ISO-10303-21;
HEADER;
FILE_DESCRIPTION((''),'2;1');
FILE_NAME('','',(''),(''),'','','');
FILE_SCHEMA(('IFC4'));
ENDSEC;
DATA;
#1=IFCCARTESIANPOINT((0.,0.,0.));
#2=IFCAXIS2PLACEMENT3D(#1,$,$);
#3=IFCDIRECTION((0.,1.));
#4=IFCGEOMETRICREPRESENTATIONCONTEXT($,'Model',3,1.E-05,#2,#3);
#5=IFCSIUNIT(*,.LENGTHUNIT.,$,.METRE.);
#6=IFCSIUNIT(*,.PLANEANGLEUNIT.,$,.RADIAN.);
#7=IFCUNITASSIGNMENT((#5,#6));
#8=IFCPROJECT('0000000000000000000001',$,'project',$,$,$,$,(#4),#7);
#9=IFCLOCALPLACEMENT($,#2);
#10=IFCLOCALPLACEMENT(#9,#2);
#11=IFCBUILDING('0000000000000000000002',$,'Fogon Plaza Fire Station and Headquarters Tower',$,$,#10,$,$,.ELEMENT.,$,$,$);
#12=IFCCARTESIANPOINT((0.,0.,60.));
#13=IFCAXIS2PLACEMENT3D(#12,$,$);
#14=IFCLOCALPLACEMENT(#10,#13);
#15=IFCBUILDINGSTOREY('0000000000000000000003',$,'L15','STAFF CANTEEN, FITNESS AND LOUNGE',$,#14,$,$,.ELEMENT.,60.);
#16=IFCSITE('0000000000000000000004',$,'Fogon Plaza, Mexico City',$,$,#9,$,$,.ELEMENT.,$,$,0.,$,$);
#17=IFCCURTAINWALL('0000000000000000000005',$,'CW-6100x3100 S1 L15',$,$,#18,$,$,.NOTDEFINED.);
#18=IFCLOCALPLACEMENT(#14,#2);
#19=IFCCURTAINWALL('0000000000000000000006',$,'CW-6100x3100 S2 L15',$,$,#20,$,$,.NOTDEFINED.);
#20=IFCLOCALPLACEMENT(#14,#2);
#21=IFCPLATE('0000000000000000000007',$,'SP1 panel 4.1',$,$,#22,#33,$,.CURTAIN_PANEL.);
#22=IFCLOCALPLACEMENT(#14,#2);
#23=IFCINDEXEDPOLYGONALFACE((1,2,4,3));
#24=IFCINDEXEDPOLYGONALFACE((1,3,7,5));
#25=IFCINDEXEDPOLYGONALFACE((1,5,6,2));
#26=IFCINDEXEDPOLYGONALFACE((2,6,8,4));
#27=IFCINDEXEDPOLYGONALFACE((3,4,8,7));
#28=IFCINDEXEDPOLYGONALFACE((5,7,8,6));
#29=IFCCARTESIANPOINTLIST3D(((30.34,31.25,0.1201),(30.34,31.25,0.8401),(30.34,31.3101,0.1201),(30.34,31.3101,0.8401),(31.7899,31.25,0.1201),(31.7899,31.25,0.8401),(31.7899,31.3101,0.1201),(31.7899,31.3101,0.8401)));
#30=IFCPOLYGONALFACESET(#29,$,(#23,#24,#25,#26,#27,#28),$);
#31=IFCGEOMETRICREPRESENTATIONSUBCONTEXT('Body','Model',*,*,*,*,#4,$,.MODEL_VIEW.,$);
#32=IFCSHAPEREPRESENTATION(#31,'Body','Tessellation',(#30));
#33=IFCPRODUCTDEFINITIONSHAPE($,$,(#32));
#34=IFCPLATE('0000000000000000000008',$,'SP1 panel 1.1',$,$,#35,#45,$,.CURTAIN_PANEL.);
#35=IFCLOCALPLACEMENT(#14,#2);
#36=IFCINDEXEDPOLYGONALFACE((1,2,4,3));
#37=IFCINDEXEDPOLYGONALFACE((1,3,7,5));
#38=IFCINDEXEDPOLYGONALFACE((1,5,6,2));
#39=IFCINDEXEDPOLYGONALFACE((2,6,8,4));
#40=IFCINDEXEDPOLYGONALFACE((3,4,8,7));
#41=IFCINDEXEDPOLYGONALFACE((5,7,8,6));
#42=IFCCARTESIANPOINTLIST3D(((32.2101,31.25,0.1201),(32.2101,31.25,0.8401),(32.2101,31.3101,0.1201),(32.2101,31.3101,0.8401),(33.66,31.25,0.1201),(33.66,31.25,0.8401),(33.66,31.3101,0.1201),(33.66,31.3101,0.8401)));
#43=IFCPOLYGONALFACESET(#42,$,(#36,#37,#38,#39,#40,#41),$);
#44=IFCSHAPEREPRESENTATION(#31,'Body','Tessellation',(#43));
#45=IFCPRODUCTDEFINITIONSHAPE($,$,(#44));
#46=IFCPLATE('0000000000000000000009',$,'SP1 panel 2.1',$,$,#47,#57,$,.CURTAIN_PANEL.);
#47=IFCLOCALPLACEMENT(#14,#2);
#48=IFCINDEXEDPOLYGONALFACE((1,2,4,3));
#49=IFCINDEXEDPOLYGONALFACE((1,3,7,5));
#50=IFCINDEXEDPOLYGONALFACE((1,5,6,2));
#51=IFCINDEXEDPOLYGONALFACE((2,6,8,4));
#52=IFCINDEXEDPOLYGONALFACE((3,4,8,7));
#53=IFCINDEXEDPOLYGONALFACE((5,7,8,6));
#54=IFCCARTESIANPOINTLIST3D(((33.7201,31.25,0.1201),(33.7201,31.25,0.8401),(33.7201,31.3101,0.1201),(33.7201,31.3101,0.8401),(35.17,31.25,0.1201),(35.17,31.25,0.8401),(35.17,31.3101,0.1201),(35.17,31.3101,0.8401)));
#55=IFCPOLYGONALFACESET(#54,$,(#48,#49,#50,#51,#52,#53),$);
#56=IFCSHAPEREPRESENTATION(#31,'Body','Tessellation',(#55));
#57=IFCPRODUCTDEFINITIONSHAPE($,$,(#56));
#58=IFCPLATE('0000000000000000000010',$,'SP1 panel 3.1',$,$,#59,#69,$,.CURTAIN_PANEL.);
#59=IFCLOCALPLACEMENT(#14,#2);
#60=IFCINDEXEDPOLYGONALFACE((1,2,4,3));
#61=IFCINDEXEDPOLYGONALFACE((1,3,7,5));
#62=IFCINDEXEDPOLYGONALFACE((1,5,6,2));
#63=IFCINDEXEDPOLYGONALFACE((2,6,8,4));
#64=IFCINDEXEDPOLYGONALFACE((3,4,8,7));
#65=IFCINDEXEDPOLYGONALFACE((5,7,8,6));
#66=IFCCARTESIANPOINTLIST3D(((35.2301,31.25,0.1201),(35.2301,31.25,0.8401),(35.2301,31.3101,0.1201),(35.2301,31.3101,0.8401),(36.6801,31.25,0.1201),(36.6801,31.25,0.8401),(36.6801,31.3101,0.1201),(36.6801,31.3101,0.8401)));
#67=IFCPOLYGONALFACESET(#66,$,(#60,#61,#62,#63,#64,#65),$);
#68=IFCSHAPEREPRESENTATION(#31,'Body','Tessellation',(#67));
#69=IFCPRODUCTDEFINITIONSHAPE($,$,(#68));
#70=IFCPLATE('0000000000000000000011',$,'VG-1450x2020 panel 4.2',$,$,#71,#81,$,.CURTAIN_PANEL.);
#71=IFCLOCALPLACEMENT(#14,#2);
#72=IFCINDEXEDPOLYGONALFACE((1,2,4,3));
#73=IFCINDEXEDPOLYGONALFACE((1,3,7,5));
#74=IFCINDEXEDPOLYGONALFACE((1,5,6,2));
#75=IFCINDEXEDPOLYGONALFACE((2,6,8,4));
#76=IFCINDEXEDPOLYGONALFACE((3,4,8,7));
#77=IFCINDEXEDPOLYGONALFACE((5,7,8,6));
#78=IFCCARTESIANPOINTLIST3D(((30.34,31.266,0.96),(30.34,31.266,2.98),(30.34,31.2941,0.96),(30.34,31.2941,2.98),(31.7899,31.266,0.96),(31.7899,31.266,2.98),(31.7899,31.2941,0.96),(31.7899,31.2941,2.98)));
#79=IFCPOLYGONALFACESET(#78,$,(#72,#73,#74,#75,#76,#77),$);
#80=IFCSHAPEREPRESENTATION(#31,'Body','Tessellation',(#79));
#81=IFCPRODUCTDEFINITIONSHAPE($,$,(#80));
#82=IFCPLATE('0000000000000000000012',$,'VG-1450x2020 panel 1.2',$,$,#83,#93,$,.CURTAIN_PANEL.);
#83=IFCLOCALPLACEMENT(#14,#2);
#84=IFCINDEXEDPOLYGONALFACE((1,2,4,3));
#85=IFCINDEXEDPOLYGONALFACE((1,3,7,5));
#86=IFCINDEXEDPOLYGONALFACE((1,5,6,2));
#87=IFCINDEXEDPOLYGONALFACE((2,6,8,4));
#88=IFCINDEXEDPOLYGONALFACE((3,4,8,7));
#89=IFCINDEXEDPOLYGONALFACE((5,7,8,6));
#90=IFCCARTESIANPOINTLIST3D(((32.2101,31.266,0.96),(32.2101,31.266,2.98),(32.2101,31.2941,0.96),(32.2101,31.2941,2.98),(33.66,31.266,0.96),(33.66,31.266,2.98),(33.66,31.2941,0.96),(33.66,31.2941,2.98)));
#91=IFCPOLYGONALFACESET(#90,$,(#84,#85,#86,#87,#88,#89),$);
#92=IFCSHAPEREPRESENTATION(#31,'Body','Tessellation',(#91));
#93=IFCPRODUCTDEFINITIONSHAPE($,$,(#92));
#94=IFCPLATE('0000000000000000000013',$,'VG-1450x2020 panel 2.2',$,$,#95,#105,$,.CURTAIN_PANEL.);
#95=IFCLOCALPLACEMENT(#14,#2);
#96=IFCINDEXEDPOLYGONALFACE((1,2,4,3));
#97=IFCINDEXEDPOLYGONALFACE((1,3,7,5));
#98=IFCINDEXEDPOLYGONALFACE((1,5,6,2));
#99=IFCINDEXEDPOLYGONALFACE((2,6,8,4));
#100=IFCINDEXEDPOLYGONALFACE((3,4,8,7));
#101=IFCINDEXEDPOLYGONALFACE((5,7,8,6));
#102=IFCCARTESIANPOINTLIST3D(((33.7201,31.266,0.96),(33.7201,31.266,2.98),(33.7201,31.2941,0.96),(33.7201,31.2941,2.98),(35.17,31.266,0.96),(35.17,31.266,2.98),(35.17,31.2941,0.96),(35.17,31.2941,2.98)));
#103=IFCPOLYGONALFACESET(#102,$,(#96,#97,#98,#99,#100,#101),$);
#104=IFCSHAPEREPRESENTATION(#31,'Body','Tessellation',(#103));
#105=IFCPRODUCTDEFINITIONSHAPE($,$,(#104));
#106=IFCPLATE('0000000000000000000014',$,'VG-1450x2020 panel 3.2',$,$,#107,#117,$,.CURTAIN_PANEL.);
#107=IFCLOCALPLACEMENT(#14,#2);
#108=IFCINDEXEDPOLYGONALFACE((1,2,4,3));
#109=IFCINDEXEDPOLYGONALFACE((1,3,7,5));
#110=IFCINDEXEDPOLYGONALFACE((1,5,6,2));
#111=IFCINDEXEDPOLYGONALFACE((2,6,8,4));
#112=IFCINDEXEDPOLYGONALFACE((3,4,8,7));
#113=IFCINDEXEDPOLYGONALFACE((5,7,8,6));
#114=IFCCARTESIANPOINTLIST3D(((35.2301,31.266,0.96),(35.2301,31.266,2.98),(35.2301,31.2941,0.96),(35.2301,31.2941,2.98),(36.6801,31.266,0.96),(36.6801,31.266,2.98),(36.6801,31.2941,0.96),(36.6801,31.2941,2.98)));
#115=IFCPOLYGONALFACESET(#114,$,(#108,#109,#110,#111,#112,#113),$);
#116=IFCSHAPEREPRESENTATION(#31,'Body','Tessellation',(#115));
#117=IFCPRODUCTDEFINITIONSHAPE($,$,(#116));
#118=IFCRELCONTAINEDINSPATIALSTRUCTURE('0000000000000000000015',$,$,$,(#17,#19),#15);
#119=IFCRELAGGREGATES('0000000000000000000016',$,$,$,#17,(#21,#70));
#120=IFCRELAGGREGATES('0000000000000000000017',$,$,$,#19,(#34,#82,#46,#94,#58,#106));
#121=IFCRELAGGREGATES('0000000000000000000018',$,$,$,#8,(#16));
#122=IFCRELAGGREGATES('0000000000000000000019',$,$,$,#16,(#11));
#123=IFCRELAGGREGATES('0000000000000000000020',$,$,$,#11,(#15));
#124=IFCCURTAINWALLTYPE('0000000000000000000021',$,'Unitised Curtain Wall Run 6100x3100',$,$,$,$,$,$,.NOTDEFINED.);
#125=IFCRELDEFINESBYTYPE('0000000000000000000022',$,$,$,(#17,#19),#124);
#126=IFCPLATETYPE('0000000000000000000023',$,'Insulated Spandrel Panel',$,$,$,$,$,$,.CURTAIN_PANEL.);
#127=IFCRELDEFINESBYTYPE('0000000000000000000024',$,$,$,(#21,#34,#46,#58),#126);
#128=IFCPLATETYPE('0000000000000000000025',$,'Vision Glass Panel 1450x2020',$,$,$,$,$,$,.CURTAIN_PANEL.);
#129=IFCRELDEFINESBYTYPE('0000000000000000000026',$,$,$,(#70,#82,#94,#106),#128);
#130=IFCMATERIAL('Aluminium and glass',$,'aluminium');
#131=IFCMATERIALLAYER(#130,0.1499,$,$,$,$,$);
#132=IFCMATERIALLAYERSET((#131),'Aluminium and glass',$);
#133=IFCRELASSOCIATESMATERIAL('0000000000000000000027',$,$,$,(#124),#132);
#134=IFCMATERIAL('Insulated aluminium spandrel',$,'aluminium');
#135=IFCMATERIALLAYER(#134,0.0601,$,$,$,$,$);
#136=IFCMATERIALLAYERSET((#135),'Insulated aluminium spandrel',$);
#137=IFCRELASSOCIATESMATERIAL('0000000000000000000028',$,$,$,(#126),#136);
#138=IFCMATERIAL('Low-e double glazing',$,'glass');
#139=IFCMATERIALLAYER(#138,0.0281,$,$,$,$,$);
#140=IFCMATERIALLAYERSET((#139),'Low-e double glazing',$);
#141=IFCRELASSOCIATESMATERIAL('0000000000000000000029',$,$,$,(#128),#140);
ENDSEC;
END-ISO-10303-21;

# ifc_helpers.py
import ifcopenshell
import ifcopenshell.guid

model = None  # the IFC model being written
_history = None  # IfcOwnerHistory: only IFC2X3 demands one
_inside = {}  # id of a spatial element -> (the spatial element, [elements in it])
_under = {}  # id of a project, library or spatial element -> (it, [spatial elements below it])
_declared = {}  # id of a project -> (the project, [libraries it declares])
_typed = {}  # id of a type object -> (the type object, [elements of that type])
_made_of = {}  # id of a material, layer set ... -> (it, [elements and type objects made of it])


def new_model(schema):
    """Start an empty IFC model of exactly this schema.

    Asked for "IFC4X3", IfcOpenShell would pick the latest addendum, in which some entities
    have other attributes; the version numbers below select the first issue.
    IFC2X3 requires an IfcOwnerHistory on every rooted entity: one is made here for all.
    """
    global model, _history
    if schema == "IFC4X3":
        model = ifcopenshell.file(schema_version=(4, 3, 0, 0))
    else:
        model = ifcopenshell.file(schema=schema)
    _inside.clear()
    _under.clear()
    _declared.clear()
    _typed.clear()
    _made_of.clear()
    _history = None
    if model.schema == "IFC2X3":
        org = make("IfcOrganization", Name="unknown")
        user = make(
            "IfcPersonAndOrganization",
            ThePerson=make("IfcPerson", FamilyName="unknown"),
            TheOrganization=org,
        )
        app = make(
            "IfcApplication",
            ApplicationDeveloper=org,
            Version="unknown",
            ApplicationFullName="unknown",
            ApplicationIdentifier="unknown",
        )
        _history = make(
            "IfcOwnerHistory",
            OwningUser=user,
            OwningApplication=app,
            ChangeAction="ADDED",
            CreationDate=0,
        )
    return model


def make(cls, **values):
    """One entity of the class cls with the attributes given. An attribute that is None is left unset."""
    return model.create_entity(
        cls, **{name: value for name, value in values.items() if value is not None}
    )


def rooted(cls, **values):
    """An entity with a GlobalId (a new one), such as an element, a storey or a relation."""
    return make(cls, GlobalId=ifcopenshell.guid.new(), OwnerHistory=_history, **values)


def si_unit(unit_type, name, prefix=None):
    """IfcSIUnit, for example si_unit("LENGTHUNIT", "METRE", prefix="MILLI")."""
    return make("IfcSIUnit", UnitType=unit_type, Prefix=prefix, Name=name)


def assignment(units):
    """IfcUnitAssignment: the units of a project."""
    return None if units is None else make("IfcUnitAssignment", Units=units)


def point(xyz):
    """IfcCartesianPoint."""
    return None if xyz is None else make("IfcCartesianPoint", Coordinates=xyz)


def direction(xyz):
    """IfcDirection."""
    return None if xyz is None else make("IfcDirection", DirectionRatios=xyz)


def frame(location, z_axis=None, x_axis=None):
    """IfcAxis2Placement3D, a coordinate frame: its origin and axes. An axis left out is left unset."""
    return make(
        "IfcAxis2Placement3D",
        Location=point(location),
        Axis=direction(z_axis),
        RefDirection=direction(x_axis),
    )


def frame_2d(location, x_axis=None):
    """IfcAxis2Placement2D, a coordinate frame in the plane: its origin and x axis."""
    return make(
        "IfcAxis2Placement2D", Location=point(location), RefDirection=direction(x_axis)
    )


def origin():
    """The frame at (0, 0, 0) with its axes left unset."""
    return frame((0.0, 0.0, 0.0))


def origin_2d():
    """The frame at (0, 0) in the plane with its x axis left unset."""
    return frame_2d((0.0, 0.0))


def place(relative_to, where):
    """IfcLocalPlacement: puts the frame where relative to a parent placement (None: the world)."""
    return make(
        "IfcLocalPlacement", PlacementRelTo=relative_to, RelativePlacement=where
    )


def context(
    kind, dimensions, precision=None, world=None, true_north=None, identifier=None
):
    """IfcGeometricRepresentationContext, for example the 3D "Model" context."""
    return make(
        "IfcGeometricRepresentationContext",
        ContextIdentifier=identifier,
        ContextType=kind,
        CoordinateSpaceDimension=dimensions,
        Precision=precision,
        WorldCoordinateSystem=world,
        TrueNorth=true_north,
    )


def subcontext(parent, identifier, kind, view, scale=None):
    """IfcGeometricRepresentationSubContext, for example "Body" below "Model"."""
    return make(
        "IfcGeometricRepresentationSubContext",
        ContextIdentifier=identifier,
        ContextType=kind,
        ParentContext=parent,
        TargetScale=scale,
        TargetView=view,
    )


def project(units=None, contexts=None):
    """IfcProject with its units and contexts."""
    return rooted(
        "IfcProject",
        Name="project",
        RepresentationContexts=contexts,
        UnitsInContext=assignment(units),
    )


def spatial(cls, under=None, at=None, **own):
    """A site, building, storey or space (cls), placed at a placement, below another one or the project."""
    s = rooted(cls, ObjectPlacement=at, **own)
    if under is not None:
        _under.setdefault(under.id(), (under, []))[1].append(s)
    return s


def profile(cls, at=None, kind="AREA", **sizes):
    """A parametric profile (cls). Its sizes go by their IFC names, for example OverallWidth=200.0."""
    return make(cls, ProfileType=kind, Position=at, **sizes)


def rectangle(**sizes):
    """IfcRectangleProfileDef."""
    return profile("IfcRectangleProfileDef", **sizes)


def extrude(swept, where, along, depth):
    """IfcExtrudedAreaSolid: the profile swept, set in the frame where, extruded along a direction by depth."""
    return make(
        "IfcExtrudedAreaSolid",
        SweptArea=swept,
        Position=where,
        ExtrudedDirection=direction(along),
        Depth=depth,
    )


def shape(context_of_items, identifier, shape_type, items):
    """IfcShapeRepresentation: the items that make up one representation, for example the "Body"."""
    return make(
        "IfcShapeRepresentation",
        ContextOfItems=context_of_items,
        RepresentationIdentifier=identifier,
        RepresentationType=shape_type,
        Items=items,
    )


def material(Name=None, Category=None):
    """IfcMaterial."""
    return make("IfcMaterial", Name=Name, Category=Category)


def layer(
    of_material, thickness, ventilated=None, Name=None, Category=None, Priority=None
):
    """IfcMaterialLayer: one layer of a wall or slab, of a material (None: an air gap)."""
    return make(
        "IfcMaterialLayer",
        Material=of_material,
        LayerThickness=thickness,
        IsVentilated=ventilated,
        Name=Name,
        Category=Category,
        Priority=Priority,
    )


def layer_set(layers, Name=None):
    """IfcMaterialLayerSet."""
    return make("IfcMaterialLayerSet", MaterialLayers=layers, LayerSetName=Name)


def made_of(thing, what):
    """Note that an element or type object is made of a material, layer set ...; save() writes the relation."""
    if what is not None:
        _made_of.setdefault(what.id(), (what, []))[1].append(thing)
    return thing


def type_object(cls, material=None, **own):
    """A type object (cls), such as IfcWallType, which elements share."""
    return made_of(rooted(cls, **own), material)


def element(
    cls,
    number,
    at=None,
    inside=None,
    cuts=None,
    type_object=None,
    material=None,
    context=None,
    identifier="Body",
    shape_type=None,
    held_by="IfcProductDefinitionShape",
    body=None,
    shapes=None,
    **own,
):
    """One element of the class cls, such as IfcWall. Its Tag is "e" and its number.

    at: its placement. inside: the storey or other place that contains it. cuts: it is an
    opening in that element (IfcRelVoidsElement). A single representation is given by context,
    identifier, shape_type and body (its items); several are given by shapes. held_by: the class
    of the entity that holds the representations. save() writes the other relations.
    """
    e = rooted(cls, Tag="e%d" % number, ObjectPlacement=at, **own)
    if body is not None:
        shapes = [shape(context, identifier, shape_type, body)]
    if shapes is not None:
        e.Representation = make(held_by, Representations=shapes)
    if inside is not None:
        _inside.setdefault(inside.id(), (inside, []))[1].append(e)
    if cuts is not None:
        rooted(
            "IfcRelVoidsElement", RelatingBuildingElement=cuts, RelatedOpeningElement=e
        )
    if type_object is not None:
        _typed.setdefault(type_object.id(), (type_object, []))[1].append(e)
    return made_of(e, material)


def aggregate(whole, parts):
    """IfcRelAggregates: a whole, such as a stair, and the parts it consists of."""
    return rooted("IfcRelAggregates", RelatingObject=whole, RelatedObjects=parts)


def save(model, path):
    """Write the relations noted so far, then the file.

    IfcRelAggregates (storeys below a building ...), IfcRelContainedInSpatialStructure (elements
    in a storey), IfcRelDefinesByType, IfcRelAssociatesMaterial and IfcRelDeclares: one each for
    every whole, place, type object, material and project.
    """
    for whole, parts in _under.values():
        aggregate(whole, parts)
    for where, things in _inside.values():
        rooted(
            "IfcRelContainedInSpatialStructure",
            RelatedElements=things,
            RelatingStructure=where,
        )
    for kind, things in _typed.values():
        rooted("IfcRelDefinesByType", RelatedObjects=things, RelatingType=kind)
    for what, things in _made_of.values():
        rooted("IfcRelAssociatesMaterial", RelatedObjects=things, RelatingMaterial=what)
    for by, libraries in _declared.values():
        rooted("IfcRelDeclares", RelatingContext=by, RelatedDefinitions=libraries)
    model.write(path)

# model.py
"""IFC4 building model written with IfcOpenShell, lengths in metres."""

from ifc_helpers import new_model, si_unit, direction, frame, origin, origin_2d, place, context, subcontext, project, spatial, rectangle, extrude, material, layer, layer_set, type_object, element, aggregate, save


model = new_model("IFC4")

# Units and contexts
model_context = context("Model", 3, precision=1e-05, world=origin(), true_north=direction((0.0, 1.0)))
body_context = subcontext(model_context, "Body", "Model", "MODEL_VIEW")
ifc_project = project(units=[si_unit("LENGTHUNIT", "METRE"), si_unit("PLANEANGLEUNIT", "RADIAN")], contexts=[model_context])

# Site, building, storey
site_placement = place(None, origin())
site = spatial("IfcSite", under=ifc_project, at=site_placement, Name="Fogon Plaza, Mexico City", CompositionType="ELEMENT", RefElevation=0.0)
building_placement = place(site_placement, origin())
building = spatial("IfcBuilding", under=site, at=building_placement, Name="Fogon Plaza Fire Station and Headquarters Tower", CompositionType="ELEMENT")
storey_placement = place(building_placement, frame((0.0, 0.0, 60.0)))
storey = spatial("IfcBuildingStorey", under=building, at=storey_placement, Name="L15", Description="STAFF CANTEEN, FITNESS AND LOUNGE", CompositionType="ELEMENT", Elevation=60.0)

# Curtain wall
ifc_material_1 = material(Name="Aluminium and glass", Category="aluminium")
ifc_layer_1 = layer(ifc_material_1, 0.1499)
ifc_layer_set_1 = layer_set([ifc_layer_1], Name="Aluminium and glass")
curtain_wall_type = type_object("IfcCurtainWallType", Name="Unitised Curtain Wall Run 6100x3100", PredefinedType="NOTDEFINED", material=ifc_layer_set_1)
curtain_wall_1_placement = place(storey_placement, origin())
curtain_wall_1 = element("IfcCurtainWall", 1, at=curtain_wall_1_placement, inside=storey, type_object=curtain_wall_type, Name="CW-6100x3100 S1 L15", PredefinedType="NOTDEFINED")

# Curtain wall
curtain_wall_2_placement = place(storey_placement, origin())
curtain_wall_2 = element("IfcCurtainWall", 2, at=curtain_wall_2_placement, inside=storey, type_object=curtain_wall_type, Name="CW-6100x3100 S2 L15", PredefinedType="NOTDEFINED")

# Plates
ifc_material_2 = material(Name="Insulated aluminium spandrel", Category="aluminium")
ifc_layer_2 = layer(ifc_material_2, 0.0601)
ifc_layer_set_2 = layer_set([ifc_layer_2], Name="Insulated aluminium spandrel")
plate_type_1 = type_object("IfcPlateType", Name="Insulated Spandrel Panel", PredefinedType="CURTAIN_PANEL", material=ifc_layer_set_2)
plate_1_placement = place(storey_placement, frame((31.0649, 31.28, 0.1201), z_axis=(0.0, 0.0, 1.0), x_axis=(1.0, 0.0, 0.0)))
plate_1 = element("IfcPlate", 3, at=plate_1_placement, type_object=plate_type_1, Name="SP1 panel 4.1", PredefinedType="CURTAIN_PANEL", context=body_context, shape_type="SweptSolid", body=[
    extrude(rectangle(XDim=1.45, YDim=0.0601, at=origin_2d()), origin(), (0.0, 0.0, 1.0), 0.72),
])
plate_2_placement = place(storey_placement, frame((32.9351, 31.28, 0.1201), z_axis=(0.0, 0.0, 1.0), x_axis=(1.0, 0.0, 0.0)))
plate_2 = element("IfcPlate", 4, at=plate_2_placement, type_object=plate_type_1, Name="SP1 panel 1.1", PredefinedType="CURTAIN_PANEL", context=body_context, shape_type="SweptSolid", body=[
    extrude(rectangle(XDim=1.45, YDim=0.0601, at=origin_2d()), origin(), (0.0, 0.0, 1.0), 0.72),
])
plate_3_placement = place(storey_placement, frame((34.4451, 31.28, 0.1201), z_axis=(0.0, 0.0, 1.0), x_axis=(1.0, 0.0, 0.0)))
plate_3 = element("IfcPlate", 5, at=plate_3_placement, type_object=plate_type_1, Name="SP1 panel 2.1", PredefinedType="CURTAIN_PANEL", context=body_context, shape_type="SweptSolid", body=[
    extrude(rectangle(XDim=1.45, YDim=0.0601, at=origin_2d()), origin(), (0.0, 0.0, 1.0), 0.72),
])
plate_4_placement = place(storey_placement, frame((35.9551, 31.28, 0.1201), z_axis=(0.0, 0.0, 1.0), x_axis=(1.0, 0.0, 0.0)))
plate_4 = element("IfcPlate", 6, at=plate_4_placement, type_object=plate_type_1, Name="SP1 panel 3.1", PredefinedType="CURTAIN_PANEL", context=body_context, shape_type="SweptSolid", body=[
    extrude(rectangle(XDim=1.45, YDim=0.0601, at=origin_2d()), origin(), (0.0, 0.0, 1.0), 0.72),
])
ifc_material_3 = material(Name="Low-e double glazing", Category="glass")
ifc_layer_3 = layer(ifc_material_3, 0.0281)
ifc_layer_set_3 = layer_set([ifc_layer_3], Name="Low-e double glazing")
plate_type_2 = type_object("IfcPlateType", Name="Vision Glass Panel 1450x2020", PredefinedType="CURTAIN_PANEL", material=ifc_layer_set_3)
plate_5_placement = place(storey_placement, frame((31.0649, 31.28, 0.96), z_axis=(0.0, 0.0, 1.0), x_axis=(1.0, 0.0, 0.0)))
plate_5 = element("IfcPlate", 7, at=plate_5_placement, type_object=plate_type_2, Name="VG-1450x2020 panel 4.2", PredefinedType="CURTAIN_PANEL", context=body_context, shape_type="SweptSolid", body=[
    extrude(rectangle(XDim=1.45, YDim=0.0281, at=origin_2d()), origin(), (0.0, 0.0, 1.0), 2.02),
])
aggregate(curtain_wall_1, [plate_1, plate_5])
plate_6_placement = place(storey_placement, frame((32.9351, 31.28, 0.96), z_axis=(0.0, 0.0, 1.0), x_axis=(1.0, 0.0, 0.0)))
plate_6 = element("IfcPlate", 8, at=plate_6_placement, type_object=plate_type_2, Name="VG-1450x2020 panel 1.2", PredefinedType="CURTAIN_PANEL", context=body_context, shape_type="SweptSolid", body=[
    extrude(rectangle(XDim=1.45, YDim=0.0281, at=origin_2d()), origin(), (0.0, 0.0, 1.0), 2.02),
])
plate_7_placement = place(storey_placement, frame((34.4451, 31.28, 0.96), z_axis=(0.0, 0.0, 1.0), x_axis=(1.0, 0.0, 0.0)))
plate_7 = element("IfcPlate", 9, at=plate_7_placement, type_object=plate_type_2, Name="VG-1450x2020 panel 2.2", PredefinedType="CURTAIN_PANEL", context=body_context, shape_type="SweptSolid", body=[
    extrude(rectangle(XDim=1.45, YDim=0.0281, at=origin_2d()), origin(), (0.0, 0.0, 1.0), 2.02),
])
plate_8_placement = place(storey_placement, frame((35.9551, 31.28, 0.96), z_axis=(0.0, 0.0, 1.0), x_axis=(1.0, 0.0, 0.0)))
plate_8 = element("IfcPlate", 10, at=plate_8_placement, type_object=plate_type_2, Name="VG-1450x2020 panel 3.2", PredefinedType="CURTAIN_PANEL", context=body_context, shape_type="SweptSolid", body=[
    extrude(rectangle(XDim=1.45, YDim=0.0281, at=origin_2d()), origin(), (0.0, 0.0, 1.0), 2.02),
])
aggregate(curtain_wall_2, [plate_2, plate_6, plate_3, plate_7, plate_4, plate_8])

save(model, "model.ifc")
